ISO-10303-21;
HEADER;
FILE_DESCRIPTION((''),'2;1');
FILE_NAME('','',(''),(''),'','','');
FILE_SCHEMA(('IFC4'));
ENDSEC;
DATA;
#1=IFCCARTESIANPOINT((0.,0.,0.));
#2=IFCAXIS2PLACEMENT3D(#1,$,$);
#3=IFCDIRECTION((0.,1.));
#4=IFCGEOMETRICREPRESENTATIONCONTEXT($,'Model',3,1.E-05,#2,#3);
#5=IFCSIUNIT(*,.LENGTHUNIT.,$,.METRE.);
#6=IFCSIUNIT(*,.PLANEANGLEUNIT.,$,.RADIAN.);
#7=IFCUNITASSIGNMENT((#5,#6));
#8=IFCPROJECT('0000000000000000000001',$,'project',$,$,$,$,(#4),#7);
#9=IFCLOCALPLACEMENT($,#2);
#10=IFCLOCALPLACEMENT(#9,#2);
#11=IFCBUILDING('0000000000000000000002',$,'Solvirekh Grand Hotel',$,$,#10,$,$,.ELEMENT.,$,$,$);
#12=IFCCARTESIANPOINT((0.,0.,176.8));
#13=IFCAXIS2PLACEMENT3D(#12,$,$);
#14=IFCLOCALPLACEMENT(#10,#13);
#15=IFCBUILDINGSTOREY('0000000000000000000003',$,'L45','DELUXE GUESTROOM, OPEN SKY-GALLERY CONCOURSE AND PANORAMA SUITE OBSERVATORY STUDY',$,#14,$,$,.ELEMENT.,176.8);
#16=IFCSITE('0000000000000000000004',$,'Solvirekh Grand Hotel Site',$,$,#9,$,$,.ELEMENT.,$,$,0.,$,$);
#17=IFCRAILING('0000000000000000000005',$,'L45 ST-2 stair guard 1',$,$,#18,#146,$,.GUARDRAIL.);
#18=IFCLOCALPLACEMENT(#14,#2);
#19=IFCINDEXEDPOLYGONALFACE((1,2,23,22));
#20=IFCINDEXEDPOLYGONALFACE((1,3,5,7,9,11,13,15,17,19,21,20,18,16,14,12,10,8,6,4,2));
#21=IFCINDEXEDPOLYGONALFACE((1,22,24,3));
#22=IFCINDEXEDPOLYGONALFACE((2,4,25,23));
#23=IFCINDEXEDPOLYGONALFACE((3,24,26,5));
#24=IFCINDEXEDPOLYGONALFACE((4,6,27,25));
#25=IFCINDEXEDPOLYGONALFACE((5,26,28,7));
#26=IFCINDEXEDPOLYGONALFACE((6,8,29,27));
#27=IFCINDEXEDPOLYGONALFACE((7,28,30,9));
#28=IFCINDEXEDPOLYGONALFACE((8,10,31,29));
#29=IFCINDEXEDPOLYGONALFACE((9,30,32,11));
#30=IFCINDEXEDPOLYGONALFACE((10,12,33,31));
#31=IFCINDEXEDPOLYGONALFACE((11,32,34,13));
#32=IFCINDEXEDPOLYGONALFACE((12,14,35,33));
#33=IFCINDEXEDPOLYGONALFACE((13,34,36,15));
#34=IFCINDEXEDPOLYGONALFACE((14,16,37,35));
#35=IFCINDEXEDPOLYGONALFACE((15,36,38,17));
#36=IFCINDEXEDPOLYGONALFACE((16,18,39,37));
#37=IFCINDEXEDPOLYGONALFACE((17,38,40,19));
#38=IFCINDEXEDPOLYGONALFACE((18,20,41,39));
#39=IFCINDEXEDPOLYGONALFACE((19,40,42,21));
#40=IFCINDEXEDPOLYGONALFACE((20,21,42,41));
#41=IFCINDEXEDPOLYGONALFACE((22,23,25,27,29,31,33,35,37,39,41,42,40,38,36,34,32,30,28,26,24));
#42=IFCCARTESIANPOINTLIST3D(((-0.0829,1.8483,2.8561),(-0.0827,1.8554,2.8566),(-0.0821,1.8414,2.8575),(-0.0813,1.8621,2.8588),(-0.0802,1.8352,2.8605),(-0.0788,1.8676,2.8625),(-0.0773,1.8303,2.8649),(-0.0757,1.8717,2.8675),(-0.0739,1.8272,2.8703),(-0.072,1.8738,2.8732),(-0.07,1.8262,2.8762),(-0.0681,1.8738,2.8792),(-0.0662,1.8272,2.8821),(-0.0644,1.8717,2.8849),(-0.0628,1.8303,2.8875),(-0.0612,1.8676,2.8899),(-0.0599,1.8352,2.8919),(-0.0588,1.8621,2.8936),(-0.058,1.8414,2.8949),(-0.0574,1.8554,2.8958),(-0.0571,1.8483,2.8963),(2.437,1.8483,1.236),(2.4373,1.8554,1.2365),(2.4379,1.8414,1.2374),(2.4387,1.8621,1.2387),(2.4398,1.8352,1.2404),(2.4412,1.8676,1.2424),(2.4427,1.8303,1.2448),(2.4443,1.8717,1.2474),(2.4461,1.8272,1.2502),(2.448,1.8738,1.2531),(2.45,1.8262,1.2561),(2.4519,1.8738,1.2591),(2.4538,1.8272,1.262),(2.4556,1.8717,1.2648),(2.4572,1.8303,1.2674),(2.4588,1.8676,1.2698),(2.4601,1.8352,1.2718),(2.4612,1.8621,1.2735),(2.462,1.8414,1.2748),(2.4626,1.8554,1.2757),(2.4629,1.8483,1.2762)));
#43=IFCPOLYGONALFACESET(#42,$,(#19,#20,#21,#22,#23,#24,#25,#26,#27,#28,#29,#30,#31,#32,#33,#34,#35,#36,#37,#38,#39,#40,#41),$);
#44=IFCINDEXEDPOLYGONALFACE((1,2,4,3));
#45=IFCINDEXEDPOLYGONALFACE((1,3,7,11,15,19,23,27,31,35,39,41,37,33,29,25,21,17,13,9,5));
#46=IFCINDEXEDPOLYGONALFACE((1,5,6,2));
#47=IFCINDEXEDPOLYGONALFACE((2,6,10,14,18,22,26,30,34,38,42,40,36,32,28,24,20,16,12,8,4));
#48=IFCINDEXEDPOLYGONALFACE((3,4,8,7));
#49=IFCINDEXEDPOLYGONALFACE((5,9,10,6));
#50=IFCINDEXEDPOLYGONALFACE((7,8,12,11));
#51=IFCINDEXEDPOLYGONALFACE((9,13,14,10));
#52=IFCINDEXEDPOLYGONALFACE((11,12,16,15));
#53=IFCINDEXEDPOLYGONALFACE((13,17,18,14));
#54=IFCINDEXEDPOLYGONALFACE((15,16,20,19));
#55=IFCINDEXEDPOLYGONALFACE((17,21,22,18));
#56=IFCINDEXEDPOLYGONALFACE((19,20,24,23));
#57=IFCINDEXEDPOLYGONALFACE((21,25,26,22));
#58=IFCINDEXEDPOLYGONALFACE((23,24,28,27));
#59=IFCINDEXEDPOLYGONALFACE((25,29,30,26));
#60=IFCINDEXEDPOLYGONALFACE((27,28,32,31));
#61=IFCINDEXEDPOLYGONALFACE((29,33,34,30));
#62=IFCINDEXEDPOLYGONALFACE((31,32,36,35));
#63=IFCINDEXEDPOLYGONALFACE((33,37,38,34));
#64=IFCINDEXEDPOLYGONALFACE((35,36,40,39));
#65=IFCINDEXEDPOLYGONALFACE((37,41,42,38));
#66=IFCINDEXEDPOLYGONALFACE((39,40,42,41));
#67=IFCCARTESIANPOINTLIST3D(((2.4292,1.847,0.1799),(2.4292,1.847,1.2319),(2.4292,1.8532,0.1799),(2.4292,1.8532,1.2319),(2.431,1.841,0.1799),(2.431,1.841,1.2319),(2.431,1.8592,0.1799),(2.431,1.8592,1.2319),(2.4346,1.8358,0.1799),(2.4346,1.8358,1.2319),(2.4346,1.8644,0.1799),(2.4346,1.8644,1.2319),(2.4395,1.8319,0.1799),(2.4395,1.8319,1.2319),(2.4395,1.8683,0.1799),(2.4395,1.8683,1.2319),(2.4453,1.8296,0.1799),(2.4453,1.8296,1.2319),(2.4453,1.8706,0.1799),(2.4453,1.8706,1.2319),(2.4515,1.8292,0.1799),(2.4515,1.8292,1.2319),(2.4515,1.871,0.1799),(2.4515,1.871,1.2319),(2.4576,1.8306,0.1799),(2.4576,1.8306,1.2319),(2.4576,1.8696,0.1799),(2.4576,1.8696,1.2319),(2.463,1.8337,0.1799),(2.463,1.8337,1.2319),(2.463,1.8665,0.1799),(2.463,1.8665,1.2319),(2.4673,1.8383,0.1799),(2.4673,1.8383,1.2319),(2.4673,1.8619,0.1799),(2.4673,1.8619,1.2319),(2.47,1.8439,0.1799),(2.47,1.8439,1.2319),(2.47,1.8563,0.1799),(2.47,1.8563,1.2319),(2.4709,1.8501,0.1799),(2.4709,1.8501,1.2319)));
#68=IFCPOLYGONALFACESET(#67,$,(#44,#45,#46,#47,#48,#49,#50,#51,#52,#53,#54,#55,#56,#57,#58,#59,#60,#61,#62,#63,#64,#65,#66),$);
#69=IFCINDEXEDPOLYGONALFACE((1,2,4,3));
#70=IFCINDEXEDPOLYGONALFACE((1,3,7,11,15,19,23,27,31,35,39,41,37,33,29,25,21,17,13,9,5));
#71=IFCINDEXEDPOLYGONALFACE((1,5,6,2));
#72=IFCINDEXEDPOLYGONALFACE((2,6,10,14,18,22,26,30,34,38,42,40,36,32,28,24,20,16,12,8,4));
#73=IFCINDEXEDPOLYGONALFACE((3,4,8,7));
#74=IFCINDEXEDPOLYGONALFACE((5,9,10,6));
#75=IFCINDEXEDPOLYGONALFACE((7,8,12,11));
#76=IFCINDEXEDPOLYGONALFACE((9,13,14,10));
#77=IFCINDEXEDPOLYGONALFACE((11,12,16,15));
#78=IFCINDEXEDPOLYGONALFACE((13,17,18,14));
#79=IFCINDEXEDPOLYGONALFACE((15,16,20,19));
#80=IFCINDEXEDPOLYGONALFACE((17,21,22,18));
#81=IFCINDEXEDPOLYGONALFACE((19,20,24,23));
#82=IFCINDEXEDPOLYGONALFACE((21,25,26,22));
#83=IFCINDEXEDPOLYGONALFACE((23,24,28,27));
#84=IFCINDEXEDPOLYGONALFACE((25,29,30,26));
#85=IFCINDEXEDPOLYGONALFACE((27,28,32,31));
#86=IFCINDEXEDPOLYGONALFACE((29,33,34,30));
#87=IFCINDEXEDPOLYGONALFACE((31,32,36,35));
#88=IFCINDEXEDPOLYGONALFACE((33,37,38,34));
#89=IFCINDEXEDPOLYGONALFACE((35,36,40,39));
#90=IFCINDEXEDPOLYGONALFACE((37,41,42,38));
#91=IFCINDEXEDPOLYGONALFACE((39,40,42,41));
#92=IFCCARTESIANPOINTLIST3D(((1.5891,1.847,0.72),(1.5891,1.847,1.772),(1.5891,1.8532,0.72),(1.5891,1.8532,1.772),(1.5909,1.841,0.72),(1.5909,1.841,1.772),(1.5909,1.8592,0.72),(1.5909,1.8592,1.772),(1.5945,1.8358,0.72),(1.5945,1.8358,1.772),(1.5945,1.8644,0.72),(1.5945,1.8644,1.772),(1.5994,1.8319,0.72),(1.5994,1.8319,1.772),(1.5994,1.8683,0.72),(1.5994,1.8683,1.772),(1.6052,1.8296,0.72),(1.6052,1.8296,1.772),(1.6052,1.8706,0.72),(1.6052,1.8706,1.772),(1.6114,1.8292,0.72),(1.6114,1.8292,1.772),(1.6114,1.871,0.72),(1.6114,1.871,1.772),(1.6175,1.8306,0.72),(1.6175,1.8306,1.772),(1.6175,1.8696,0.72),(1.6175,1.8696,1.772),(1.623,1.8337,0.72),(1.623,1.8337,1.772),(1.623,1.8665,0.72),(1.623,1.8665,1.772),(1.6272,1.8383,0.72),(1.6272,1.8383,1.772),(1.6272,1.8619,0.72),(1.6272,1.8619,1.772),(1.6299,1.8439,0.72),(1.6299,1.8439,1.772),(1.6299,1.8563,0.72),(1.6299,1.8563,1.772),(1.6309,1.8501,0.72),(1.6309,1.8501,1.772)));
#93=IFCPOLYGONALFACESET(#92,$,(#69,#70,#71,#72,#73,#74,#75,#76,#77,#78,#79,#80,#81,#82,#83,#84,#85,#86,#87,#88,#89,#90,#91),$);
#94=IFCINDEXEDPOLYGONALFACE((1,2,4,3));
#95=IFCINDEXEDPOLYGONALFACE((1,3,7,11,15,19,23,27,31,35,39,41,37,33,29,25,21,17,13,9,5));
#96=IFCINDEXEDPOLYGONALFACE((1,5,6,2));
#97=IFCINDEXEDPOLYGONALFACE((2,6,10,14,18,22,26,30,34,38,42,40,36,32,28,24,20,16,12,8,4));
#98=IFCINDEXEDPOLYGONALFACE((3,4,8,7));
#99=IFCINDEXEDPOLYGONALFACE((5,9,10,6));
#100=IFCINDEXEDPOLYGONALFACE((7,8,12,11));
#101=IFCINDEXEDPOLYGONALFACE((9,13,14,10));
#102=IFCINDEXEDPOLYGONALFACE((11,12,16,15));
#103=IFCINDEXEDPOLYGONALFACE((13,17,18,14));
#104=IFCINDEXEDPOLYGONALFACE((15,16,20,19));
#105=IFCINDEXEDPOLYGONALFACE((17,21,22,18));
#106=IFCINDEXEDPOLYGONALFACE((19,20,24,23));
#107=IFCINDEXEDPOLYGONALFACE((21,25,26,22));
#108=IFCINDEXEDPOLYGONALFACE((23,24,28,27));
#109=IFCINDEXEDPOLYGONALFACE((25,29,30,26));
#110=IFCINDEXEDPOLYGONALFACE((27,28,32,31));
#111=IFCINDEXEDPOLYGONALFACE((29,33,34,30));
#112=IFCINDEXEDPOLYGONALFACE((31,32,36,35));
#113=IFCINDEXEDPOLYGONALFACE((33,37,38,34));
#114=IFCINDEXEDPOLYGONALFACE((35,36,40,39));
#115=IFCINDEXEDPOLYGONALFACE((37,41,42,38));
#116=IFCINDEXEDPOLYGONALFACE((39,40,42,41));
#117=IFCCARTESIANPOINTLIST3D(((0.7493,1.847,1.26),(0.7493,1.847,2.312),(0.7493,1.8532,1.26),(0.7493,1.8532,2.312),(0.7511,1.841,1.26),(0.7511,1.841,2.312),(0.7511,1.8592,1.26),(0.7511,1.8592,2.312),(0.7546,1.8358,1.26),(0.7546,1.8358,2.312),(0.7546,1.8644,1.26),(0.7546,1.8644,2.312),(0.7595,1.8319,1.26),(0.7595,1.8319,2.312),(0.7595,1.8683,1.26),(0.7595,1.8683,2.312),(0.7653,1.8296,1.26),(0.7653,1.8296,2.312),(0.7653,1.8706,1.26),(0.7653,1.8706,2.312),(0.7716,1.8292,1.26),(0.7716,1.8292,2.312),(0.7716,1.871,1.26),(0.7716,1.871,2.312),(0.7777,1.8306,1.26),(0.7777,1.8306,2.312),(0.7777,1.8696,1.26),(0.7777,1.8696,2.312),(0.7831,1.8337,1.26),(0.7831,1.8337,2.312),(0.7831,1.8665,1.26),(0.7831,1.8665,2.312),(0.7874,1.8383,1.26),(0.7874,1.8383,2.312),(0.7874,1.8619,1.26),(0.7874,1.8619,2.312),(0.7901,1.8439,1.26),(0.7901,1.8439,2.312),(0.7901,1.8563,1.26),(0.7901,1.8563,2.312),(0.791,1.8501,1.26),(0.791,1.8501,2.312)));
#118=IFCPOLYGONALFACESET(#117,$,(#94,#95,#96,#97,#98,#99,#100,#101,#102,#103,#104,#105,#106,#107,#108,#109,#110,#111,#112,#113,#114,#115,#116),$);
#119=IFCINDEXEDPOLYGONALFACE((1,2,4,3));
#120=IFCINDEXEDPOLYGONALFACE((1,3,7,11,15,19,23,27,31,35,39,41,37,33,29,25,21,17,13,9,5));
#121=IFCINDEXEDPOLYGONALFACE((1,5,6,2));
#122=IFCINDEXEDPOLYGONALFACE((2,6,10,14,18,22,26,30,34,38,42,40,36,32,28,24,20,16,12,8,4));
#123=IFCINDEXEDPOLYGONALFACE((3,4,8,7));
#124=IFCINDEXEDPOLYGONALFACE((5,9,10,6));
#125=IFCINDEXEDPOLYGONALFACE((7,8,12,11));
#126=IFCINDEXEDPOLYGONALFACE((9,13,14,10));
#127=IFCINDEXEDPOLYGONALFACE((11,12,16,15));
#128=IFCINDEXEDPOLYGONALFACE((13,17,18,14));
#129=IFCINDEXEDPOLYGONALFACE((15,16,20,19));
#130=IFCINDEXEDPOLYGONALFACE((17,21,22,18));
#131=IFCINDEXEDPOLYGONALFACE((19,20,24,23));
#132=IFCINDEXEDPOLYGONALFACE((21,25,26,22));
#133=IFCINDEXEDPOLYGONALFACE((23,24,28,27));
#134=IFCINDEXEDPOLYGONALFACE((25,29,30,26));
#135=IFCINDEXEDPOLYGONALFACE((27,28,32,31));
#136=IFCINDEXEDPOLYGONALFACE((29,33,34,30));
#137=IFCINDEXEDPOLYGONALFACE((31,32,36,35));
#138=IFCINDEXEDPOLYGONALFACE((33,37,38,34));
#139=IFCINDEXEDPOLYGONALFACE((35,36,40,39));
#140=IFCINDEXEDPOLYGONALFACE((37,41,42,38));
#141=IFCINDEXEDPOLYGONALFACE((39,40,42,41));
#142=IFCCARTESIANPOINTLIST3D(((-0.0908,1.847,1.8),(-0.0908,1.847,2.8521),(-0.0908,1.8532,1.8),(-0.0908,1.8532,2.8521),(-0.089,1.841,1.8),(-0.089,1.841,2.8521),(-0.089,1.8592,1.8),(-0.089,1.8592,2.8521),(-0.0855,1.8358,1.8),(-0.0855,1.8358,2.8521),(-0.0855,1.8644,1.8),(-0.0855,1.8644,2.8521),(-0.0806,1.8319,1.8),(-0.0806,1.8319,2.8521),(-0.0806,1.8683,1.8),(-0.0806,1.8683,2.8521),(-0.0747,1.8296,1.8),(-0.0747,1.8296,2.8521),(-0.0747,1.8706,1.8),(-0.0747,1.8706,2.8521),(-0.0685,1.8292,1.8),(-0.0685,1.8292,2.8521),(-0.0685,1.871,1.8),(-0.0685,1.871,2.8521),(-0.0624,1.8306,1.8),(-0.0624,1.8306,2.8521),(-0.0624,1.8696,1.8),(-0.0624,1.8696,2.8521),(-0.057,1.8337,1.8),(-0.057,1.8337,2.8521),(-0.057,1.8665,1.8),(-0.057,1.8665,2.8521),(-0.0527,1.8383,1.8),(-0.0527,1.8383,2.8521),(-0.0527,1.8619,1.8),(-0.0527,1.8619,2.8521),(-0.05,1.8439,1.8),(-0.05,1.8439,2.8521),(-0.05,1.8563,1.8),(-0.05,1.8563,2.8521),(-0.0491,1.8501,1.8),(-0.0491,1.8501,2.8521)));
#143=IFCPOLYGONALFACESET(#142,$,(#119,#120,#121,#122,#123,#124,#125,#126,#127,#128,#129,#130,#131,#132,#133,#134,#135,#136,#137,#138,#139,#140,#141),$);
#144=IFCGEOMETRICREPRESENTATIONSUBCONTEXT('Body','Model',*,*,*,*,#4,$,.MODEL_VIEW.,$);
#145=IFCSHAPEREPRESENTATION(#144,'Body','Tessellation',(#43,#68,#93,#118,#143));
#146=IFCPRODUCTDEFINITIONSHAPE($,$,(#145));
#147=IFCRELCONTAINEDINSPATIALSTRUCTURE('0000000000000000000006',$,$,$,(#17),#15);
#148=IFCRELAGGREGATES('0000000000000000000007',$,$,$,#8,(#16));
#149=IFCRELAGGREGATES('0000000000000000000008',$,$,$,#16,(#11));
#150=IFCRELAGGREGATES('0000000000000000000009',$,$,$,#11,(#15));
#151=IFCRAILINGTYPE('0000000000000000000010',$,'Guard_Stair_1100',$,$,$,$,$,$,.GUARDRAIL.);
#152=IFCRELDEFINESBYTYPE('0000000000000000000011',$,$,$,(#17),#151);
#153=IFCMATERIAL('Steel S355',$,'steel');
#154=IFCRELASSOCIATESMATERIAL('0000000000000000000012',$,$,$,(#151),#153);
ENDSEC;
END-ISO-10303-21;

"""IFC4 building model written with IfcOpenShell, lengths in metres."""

from ifc_helpers import new_model, si_unit, direction, frame, origin, origin_2d, place, context, subcontext, project, spatial, circle, extrude, material, type_object, element, save


model = new_model("IFC4")

# Units and contexts
model_context = context("Model", 3, precision=1e-05, world=origin(), true_north=direction((0.0, 1.0)))
body_context = subcontext(model_context, "Body", "Model", "MODEL_VIEW")
ifc_project = project(units=[si_unit("LENGTHUNIT", "METRE"), si_unit("PLANEANGLEUNIT", "RADIAN")], contexts=[model_context])

# Site, building, storey
site_placement = place(None, origin())
site = spatial("IfcSite", under=ifc_project, at=site_placement, Name="Solvirekh Grand Hotel Site", CompositionType="ELEMENT", RefElevation=0.0)
building_placement = place(site_placement, origin())
building = spatial("IfcBuilding", under=site, at=building_placement, Name="Solvirekh Grand Hotel", CompositionType="ELEMENT")
storey_placement = place(building_placement, frame((0.0, 0.0, 176.8)))
storey = spatial("IfcBuildingStorey", under=building, at=storey_placement, Name="L45", Description="DELUXE GUESTROOM, OPEN SKY-GALLERY CONCOURSE AND PANORAMA SUITE OBSERVATORY STUDY", CompositionType="ELEMENT", Elevation=176.8)

# Railing
ifc_material_1 = material(Name="Steel S355", Category="steel")
railing_type = type_object("IfcRailingType", Name="Guard_Stair_1100", PredefinedType="GUARDRAIL", material=ifc_material_1)
railing_1_placement = place(storey_placement, frame((2.45, 1.8501, 0.1799)))
element("IfcRailing", 1, at=railing_1_placement, inside=storey, type_object=railing_type, Name="L45 ST-2 stair guard 1", PredefinedType="GUARDRAIL", context=body_context, shape_type="SweptSolid", body=[
    extrude(circle(Radius=0.0239, at=origin_2d()), frame((0.0, 0.0, 1.0762), z_axis=(-0.841163, 0.0, 0.540782), x_axis=(0.0, -1.0, 0.0)), (0.0, 0.0, 1.0), 2.9958),
    extrude(circle(Radius=0.021, at=origin_2d()), origin(), (0.0, 0.0, 1.0), 1.052),
    extrude(circle(Radius=0.021, at=origin_2d()), frame((-0.8401, 0.0, 0.54)), (0.0, 0.0, 1.0), 1.052),
    extrude(circle(Radius=0.021, at=origin_2d()), frame((-1.6799, 0.0, 1.0801)), (0.0, 0.0, 1.0), 1.052),
    extrude(circle(Radius=0.021, at=origin_2d()), frame((-2.52, 0.0, 1.6201)), (0.0, 0.0, 1.0), 1.052),
])

save(model, "model.ifc")
